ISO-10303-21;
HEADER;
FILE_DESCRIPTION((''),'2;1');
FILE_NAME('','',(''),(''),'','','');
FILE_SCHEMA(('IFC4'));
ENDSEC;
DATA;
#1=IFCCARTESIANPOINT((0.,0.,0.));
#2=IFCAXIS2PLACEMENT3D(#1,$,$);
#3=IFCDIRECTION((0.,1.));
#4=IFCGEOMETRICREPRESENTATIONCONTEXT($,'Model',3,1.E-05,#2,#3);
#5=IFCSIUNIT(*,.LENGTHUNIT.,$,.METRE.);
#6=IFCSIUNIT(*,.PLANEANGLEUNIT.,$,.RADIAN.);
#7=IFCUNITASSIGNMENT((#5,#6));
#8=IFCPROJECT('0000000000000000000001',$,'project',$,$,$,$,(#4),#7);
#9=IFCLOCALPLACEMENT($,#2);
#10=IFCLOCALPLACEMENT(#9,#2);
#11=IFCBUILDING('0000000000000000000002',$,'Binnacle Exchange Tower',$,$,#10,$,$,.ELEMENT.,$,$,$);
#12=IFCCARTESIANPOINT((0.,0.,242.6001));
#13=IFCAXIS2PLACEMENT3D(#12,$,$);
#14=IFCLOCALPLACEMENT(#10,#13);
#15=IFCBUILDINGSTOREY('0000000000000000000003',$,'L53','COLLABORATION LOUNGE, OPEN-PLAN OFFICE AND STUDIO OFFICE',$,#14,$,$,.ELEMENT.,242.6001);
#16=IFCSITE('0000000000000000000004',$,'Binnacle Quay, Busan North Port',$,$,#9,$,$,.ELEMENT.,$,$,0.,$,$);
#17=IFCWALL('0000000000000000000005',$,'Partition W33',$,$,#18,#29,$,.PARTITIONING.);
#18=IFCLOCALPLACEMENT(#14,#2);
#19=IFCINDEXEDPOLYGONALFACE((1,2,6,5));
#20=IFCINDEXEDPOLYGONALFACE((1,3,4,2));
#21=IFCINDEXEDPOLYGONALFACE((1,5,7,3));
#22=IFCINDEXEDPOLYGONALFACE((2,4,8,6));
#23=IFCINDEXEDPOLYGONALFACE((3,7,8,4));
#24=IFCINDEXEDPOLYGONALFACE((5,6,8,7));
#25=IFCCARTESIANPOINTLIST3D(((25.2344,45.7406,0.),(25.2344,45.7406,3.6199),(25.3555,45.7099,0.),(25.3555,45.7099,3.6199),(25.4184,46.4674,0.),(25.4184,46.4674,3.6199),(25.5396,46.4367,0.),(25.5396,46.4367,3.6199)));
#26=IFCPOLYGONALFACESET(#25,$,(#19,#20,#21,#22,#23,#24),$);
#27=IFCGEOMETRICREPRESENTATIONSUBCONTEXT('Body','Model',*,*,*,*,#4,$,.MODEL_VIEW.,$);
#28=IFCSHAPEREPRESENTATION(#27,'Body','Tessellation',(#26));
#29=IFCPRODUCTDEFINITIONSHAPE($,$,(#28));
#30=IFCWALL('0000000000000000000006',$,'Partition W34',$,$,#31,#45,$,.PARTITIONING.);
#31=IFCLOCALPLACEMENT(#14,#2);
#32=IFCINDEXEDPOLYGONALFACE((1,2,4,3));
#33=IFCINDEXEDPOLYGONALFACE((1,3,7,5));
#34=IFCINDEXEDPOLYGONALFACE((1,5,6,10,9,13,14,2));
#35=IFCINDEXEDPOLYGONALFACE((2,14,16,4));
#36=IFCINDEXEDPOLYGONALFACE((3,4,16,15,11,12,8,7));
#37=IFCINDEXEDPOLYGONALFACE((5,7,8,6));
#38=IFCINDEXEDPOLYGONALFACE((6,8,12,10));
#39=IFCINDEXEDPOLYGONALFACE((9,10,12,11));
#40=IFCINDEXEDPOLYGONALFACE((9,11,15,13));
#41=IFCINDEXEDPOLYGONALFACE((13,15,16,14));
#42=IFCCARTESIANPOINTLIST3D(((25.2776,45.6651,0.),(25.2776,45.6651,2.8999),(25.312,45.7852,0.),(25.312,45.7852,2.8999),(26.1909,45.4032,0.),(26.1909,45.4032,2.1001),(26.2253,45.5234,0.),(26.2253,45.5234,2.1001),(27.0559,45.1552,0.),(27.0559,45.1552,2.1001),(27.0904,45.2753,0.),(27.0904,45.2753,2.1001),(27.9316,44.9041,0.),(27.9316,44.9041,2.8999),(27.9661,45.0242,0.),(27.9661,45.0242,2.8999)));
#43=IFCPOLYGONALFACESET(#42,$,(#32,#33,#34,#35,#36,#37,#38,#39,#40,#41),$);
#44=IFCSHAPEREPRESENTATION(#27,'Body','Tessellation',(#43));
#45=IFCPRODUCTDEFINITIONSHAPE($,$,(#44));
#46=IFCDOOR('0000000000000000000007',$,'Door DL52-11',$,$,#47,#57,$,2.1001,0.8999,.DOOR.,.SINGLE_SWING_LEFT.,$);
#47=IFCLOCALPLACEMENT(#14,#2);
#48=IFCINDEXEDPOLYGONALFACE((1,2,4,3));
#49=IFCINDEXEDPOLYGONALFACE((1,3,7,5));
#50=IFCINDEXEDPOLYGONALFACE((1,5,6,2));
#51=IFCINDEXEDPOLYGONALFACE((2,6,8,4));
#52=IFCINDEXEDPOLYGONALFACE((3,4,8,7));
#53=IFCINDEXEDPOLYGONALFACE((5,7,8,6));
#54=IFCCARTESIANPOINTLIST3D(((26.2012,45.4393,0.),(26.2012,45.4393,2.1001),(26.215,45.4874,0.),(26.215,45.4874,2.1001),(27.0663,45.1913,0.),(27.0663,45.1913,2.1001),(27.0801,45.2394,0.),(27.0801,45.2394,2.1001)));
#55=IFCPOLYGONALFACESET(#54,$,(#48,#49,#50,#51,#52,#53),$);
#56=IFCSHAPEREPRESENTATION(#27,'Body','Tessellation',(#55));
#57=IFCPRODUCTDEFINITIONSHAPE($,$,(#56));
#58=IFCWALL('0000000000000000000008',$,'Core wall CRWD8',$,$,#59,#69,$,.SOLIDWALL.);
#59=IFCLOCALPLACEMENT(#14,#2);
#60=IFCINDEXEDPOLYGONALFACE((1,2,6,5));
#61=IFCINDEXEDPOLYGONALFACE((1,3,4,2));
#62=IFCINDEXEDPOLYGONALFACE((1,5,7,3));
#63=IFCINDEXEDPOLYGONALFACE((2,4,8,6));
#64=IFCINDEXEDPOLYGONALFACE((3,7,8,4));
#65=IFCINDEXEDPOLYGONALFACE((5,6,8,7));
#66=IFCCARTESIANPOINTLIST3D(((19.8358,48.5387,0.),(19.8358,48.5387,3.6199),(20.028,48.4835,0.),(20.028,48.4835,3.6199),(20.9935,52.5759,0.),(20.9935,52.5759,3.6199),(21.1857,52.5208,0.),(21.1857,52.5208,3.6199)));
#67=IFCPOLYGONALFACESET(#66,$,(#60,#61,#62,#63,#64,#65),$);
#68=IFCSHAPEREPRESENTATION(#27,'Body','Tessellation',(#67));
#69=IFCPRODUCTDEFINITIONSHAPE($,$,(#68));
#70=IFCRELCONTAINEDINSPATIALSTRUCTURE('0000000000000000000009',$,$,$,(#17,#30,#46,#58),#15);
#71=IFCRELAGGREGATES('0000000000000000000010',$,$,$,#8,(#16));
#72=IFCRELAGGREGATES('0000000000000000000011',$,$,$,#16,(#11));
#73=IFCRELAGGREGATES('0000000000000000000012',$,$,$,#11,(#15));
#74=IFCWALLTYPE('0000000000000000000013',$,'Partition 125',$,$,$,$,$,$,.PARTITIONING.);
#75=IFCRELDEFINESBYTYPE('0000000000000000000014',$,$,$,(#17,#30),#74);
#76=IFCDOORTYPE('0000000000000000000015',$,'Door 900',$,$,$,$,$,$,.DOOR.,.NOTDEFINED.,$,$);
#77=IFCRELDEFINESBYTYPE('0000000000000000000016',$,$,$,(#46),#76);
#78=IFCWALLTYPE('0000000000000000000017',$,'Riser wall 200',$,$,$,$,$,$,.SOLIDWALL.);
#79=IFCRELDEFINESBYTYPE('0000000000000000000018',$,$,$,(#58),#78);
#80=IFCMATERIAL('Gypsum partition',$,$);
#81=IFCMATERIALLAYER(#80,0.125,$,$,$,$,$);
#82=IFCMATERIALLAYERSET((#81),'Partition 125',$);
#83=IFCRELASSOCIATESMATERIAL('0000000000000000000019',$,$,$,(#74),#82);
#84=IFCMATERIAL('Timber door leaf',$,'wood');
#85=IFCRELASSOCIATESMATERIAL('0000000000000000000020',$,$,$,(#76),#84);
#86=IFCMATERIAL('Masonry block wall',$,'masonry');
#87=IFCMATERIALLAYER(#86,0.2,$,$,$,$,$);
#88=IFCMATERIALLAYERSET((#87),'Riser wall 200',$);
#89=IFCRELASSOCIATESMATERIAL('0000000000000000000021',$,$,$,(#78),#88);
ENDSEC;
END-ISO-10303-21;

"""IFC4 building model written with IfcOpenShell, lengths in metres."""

from ifc_helpers import new_model, si_unit, direction, frame, frame_2d, origin, place, context, subcontext, project, spatial, rectangle, extrude, material, layer, layer_set, type_object, element, fill, save


model = new_model("IFC4")

# Units and contexts
model_context = context("Model", 3, precision=1e-05, world=origin(), true_north=direction((0.0, 1.0)))
body_context = subcontext(model_context, "Body", "Model", "MODEL_VIEW")
ifc_project = project(units=[si_unit("LENGTHUNIT", "METRE"), si_unit("PLANEANGLEUNIT", "RADIAN")], contexts=[model_context])

# Site, building, storey
site_placement = place(None, origin())
site = spatial("IfcSite", under=ifc_project, at=site_placement, Name="Binnacle Quay, Busan North Port", CompositionType="ELEMENT", RefElevation=0.0)
building_placement = place(site_placement, origin())
building = spatial("IfcBuilding", under=site, at=building_placement, Name="Binnacle Exchange Tower", CompositionType="ELEMENT")
storey_placement = place(building_placement, frame((0.0, 0.0, 242.6001)))
storey = spatial("IfcBuildingStorey", under=building, at=storey_placement, Name="L53", Description="COLLABORATION LOUNGE, OPEN-PLAN OFFICE AND STUDIO OFFICE", CompositionType="ELEMENT", Elevation=242.6001)

# Shared definitions
ifc_material_1 = material(Name="Gypsum partition")
ifc_layer_1 = layer(ifc_material_1, 0.125)
ifc_layer_set_1 = layer_set([ifc_layer_1], Name="Partition 125")
wall_type_1 = type_object("IfcWallType", Name="Partition 125", PredefinedType="PARTITIONING", material=ifc_layer_set_1)

# Shared definitions
ifc_material_2 = material(Name="Timber door leaf", Category="wood")
door_type_1 = type_object("IfcDoorType", Name="Door 900", OperationType="NOTDEFINED", PredefinedType="DOOR", material=ifc_material_2)

# Wall
wall_1_placement = place(storey_placement, frame((25.2949, 45.7251, 0.0), z_axis=(0.0, 0.0, 1.0), x_axis=(0.245523, 0.969391, 0.0)))
element("IfcWall", 1, at=wall_1_placement, inside=storey, type_object=wall_type_1, Name="Partition W33", PredefinedType="PARTITIONING", context=body_context, shape_type="SweptSolid", body=[
    extrude(rectangle(XDim=0.7498, YDim=0.125, at=frame_2d((0.375, 0.0))), origin(), (0.0, 0.0, 1.0), 3.6199),
])

# Wall, opening, door
wall_2_placement = place(storey_placement, frame((25.2949, 45.7251, 0.0), z_axis=(0.0, 0.0, 1.0), x_axis=(0.961267, -0.27562, 0.0)))
wall_2 = element("IfcWall", 2, at=wall_2_placement, inside=storey, type_object=wall_type_1, Name="Partition W34", PredefinedType="PARTITIONING", context=body_context, shape_type="SweptSolid", body=[
    extrude(rectangle(XDim=2.761, YDim=0.125, at=frame_2d((1.3804, 0.0))), origin(), (0.0, 0.0, 1.0), 2.8999),
])
opening_1_placement = place(wall_2_placement, frame((0.95, 0.0, 0.0)))
opening_1 = element("IfcOpeningElement", 3, at=opening_1_placement, cuts=wall_2, PredefinedType="OPENING", context=body_context, shape_type="SweptSolid", body=[
    extrude(rectangle(XDim=0.8999, YDim=2.1001, at=frame_2d((0.45, 1.05))), frame((0.0, 0.0725, 0.0), z_axis=(0.0, -1.0, 0.0), x_axis=(1.0, 0.0, 0.0)), (0.0, 0.0, 1.0), 0.145),
])
door_1_placement = place(opening_1_placement, frame((0.8999, 0.0, 0.0), z_axis=(0.0, 0.0, 1.0), x_axis=(-1.0, 0.0, 0.0)))
door_1 = element("IfcDoor", 4, at=door_1_placement, inside=storey, type_object=door_type_1, Name="Door DL52-11", OperationType="SINGLE_SWING_LEFT", OverallHeight=2.1001, OverallWidth=0.8999, PredefinedType="DOOR", context=body_context, shape_type="SweptSolid", body=[
    extrude(rectangle(XDim=0.8999, YDim=2.1001, at=frame_2d((0.45, 1.05))), frame((0.0, 0.0249, 0.0), z_axis=(0.0, -1.0, 0.0), x_axis=(1.0, 0.0, 0.0)), (0.0, 0.0, 1.0), 0.05),
])
fill(opening_1, door_1)

# Wall
ifc_material_3 = material(Name="Masonry block wall", Category="masonry")
ifc_layer_2 = layer(ifc_material_3, 0.2)
ifc_layer_set_2 = layer_set([ifc_layer_2], Name="Riser wall 200")
wall_type_2 = type_object("IfcWallType", Name="Riser wall 200", PredefinedType="SOLIDWALL", material=ifc_layer_set_2)
wall_3_placement = place(storey_placement, frame((19.9319, 48.511, 0.0), z_axis=(0.0, 0.0, 1.0), x_axis=(0.275642, 0.96126, 0.0)))
element("IfcWall", 5, at=wall_3_placement, inside=storey, type_object=wall_type_2, Name="Core wall CRWD8", PredefinedType="SOLIDWALL", context=body_context, shape_type="SweptSolid", body=[
    extrude(rectangle(XDim=4.2, YDim=0.2, at=frame_2d((2.1001, 0.0))), origin(), (0.0, 0.0, 1.0), 3.6199),
])

save(model, "model.ifc")
